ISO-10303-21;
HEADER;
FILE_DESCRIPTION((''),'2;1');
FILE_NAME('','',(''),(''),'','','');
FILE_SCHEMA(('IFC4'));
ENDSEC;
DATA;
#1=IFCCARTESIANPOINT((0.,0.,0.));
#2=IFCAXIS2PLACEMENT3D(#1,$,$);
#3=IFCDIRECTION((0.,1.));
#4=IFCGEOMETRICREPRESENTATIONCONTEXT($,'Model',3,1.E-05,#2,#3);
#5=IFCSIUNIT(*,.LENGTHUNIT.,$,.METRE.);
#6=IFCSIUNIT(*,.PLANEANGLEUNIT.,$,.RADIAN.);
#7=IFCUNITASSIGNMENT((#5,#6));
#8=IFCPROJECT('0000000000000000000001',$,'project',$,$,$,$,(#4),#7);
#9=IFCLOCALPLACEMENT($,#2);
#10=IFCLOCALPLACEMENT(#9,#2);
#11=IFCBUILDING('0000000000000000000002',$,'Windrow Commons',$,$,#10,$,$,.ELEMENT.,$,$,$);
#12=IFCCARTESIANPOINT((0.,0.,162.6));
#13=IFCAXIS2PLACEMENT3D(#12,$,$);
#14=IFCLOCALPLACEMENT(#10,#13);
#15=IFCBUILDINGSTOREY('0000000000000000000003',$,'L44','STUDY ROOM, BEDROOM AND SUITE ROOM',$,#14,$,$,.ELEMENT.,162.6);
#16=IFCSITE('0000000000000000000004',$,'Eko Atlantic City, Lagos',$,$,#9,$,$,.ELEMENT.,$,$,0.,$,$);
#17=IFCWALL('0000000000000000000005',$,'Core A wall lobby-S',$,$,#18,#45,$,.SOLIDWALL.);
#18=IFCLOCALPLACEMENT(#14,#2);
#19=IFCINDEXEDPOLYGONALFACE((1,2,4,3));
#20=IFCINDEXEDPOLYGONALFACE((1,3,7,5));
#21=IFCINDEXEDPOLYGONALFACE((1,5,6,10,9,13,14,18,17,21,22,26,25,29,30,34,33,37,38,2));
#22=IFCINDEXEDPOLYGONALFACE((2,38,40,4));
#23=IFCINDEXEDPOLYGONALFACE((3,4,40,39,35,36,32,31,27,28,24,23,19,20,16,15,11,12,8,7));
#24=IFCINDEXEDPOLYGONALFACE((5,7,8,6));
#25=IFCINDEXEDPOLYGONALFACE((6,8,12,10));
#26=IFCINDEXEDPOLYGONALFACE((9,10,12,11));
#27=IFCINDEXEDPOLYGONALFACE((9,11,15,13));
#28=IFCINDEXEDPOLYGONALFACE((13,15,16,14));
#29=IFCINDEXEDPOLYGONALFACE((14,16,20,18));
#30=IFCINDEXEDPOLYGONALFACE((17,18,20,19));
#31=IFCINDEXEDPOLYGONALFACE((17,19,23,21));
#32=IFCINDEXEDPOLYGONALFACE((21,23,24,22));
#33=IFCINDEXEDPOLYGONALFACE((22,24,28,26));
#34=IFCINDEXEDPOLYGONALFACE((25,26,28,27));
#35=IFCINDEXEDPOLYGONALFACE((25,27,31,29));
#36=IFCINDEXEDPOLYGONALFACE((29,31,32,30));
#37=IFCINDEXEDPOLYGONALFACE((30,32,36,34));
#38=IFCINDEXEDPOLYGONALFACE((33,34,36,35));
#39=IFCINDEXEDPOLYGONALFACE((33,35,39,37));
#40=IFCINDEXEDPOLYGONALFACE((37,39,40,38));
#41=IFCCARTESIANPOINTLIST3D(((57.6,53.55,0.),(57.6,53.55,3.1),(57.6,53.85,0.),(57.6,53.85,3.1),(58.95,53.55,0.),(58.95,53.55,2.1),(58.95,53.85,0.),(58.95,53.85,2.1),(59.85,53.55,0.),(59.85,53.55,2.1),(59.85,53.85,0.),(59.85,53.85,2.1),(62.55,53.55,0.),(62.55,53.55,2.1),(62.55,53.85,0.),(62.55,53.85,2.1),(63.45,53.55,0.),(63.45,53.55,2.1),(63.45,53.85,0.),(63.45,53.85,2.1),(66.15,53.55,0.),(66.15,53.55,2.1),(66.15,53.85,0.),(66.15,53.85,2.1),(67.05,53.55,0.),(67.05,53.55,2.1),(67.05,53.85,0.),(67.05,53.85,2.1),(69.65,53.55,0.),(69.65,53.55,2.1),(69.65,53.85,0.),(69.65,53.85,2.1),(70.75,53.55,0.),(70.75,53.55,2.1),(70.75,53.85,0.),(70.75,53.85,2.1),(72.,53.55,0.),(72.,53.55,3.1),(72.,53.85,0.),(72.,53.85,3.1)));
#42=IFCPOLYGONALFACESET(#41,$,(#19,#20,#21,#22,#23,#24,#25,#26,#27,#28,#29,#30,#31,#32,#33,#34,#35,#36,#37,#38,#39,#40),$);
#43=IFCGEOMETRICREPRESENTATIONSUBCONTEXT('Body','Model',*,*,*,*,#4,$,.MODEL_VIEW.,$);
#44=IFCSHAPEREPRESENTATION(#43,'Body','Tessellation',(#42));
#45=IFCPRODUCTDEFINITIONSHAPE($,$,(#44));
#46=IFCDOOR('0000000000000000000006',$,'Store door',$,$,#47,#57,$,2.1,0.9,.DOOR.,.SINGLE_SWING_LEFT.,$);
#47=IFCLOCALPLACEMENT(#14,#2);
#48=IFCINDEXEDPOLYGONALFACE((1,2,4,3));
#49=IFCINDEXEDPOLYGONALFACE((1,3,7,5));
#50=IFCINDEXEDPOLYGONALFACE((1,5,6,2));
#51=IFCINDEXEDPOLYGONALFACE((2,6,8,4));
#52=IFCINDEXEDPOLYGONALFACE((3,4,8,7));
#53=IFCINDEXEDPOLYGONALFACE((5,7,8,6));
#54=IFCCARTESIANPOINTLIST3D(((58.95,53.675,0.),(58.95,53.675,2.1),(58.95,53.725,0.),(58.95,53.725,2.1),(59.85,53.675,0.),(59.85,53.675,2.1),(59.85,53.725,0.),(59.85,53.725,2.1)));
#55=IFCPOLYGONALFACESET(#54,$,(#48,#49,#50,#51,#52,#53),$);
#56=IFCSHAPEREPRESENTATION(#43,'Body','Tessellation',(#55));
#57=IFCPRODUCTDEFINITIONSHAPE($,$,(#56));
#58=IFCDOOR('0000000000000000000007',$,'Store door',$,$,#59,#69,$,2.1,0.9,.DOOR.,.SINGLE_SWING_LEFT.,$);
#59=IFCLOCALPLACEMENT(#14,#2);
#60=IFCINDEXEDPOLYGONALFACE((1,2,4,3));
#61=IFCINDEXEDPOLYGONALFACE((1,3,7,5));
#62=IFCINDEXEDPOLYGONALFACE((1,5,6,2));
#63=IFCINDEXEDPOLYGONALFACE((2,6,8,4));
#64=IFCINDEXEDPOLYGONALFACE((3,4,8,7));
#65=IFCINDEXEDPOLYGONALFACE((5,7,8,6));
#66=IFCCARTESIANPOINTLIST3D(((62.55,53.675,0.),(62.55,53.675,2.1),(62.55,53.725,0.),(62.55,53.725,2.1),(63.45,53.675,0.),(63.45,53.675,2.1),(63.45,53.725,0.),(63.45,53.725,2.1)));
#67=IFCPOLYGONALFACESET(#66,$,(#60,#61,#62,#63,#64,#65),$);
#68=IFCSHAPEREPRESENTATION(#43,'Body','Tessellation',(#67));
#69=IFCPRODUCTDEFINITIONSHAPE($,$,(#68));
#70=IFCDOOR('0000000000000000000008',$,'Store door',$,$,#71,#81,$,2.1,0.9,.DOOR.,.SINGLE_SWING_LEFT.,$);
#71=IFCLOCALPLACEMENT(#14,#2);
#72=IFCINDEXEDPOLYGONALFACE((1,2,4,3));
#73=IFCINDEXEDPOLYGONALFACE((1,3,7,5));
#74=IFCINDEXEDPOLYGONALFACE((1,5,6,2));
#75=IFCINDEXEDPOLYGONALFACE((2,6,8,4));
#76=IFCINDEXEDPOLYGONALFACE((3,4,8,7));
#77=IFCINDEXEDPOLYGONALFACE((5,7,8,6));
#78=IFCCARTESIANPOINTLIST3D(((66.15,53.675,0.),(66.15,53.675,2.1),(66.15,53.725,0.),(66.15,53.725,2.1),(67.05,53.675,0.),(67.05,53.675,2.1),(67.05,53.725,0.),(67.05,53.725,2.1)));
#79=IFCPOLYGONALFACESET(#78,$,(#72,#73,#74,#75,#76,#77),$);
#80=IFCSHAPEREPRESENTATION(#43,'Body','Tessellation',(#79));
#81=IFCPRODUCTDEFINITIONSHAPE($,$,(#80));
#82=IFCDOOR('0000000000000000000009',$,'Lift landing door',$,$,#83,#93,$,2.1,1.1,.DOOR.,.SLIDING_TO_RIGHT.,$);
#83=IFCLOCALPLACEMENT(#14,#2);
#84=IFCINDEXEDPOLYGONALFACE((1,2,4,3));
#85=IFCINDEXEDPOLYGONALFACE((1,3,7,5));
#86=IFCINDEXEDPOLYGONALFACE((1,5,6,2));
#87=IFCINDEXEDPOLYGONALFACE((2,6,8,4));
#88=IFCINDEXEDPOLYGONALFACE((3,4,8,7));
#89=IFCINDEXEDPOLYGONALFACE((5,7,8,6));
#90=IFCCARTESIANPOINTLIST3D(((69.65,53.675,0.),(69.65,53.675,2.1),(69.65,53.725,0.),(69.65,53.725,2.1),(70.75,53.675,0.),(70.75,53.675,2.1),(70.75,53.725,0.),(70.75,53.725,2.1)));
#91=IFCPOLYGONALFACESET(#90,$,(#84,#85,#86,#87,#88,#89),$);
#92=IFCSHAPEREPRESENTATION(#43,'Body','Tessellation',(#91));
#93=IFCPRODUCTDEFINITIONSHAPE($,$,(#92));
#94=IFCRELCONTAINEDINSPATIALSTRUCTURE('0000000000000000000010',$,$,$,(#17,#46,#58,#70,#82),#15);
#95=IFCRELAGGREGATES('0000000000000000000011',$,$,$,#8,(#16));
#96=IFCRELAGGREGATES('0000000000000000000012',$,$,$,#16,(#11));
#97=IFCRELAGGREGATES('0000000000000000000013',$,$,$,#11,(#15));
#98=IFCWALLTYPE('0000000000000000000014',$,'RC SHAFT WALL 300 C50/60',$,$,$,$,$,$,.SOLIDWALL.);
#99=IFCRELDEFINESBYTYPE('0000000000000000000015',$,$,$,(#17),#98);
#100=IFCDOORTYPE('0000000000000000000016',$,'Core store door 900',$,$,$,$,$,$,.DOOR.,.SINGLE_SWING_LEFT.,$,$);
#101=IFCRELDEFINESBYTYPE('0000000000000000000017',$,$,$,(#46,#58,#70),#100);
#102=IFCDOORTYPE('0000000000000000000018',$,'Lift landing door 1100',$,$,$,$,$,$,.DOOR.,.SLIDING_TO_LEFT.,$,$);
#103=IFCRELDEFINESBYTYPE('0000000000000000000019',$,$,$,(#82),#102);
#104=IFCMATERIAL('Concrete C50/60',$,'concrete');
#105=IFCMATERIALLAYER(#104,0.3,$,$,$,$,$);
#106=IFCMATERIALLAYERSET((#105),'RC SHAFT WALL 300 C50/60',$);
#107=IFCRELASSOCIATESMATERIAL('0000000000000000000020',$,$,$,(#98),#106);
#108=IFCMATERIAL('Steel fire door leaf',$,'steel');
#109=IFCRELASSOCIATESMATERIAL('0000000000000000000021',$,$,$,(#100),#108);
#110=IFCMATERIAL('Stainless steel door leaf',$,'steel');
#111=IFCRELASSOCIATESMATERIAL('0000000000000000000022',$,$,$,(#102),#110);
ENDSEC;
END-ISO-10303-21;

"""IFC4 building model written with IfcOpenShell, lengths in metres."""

from ifc_helpers import new_model, si_unit, direction, frame, frame_2d, origin, place, context, subcontext, project, spatial, rectangle, extrude, material, layer, layer_set, type_object, element, fill, save


model = new_model("IFC4")

# Units and contexts
model_context = context("Model", 3, precision=1e-05, world=origin(), true_north=direction((0.0, 1.0)))
body_context = subcontext(model_context, "Body", "Model", "MODEL_VIEW")
ifc_project = project(units=[si_unit("LENGTHUNIT", "METRE"), si_unit("PLANEANGLEUNIT", "RADIAN")], contexts=[model_context])

# Site, building, storey
site_placement = place(None, origin())
site = spatial("IfcSite", under=ifc_project, at=site_placement, Name="Eko Atlantic City, Lagos", CompositionType="ELEMENT", RefElevation=0.0)
building_placement = place(site_placement, origin())
building = spatial("IfcBuilding", under=site, at=building_placement, Name="Windrow Commons", CompositionType="ELEMENT")
storey_placement = place(building_placement, frame((0.0, 0.0, 162.6)))
storey = spatial("IfcBuildingStorey", under=building, at=storey_placement, Name="L44", Description="STUDY ROOM, BEDROOM AND SUITE ROOM", CompositionType="ELEMENT", Elevation=162.6)

# Wall, openings, doors
ifc_material_1 = material(Name="Concrete C50/60", Category="concrete")
ifc_layer_1 = layer(ifc_material_1, 0.3)
ifc_layer_set_1 = layer_set([ifc_layer_1], Name="RC SHAFT WALL 300 C50/60")
wall_type_1 = type_object("IfcWallType", Name="RC SHAFT WALL 300 C50/60", PredefinedType="SOLIDWALL", material=ifc_layer_set_1)
wall_1_placement = place(storey_placement, frame((57.6, 53.7, 0.0), z_axis=(0.0, 0.0, 1.0), x_axis=(1.0, 0.0, 0.0)))
wall_1 = element("IfcWall", 1, at=wall_1_placement, inside=storey, type_object=wall_type_1, Name="Core A wall lobby-S", PredefinedType="SOLIDWALL", context=body_context, shape_type="SweptSolid", body=[
    extrude(rectangle(XDim=14.4, YDim=0.3, at=frame_2d((7.2, 0.0))), origin(), (0.0, 0.0, 1.0), 3.1),
])
opening_1_placement = place(wall_1_placement, frame((1.35, 0.0, 0.0)))
opening_1 = element("IfcOpeningElement", 2, at=opening_1_placement, cuts=wall_1, PredefinedType="OPENING", context=body_context, shape_type="SweptSolid", body=[
    extrude(rectangle(XDim=0.9, YDim=2.1, at=frame_2d((0.45, 1.05))), frame((0.0, 0.16, 0.0), z_axis=(0.0, -1.0, 0.0), x_axis=(1.0, 0.0, 0.0)), (0.0, 0.0, 1.0), 0.32),
])
opening_2_placement = place(wall_1_placement, frame((4.95, 0.0, 0.0)))
opening_2 = element("IfcOpeningElement", 3, at=opening_2_placement, cuts=wall_1, PredefinedType="OPENING", context=body_context, shape_type="SweptSolid", body=[
    extrude(rectangle(XDim=0.9, YDim=2.1, at=frame_2d((0.45, 1.05))), frame((0.0, 0.16, 0.0), z_axis=(0.0, -1.0, 0.0), x_axis=(1.0, 0.0, 0.0)), (0.0, 0.0, 1.0), 0.32),
])
opening_3_placement = place(wall_1_placement, frame((8.55, 0.0, 0.0)))
opening_3 = element("IfcOpeningElement", 4, at=opening_3_placement, cuts=wall_1, PredefinedType="OPENING", context=body_context, shape_type="SweptSolid", body=[
    extrude(rectangle(XDim=0.9, YDim=2.1, at=frame_2d((0.45, 1.05))), frame((0.0, 0.16, 0.0), z_axis=(0.0, -1.0, 0.0), x_axis=(1.0, 0.0, 0.0)), (0.0, 0.0, 1.0), 0.32),
])
opening_4_placement = place(wall_1_placement, frame((12.05, 0.0, 0.0)))
opening_4 = element("IfcOpeningElement", 5, at=opening_4_placement, cuts=wall_1, PredefinedType="OPENING", context=body_context, shape_type="SweptSolid", body=[
    extrude(rectangle(XDim=1.1, YDim=2.1, at=frame_2d((0.55, 1.05))), frame((0.0, 0.16, 0.0), z_axis=(0.0, -1.0, 0.0), x_axis=(1.0, 0.0, 0.0)), (0.0, 0.0, 1.0), 0.32),
])
ifc_material_2 = material(Name="Steel fire door leaf", Category="steel")
door_type_1 = type_object("IfcDoorType", Name="Core store door 900", OperationType="SINGLE_SWING_LEFT", PredefinedType="DOOR", material=ifc_material_2)
door_1_placement = place(opening_1_placement, origin())
door_1 = element("IfcDoor", 6, at=door_1_placement, inside=storey, type_object=door_type_1, Name="Store door", OperationType="SINGLE_SWING_LEFT", OverallHeight=2.1, OverallWidth=0.9, PredefinedType="DOOR", context=body_context, shape_type="SweptSolid", body=[
    extrude(rectangle(XDim=0.9, YDim=2.1, at=frame_2d((0.45, 1.05))), frame((0.0, 0.025, 0.0), z_axis=(0.0, -1.0, 0.0), x_axis=(1.0, 0.0, 0.0)), (0.0, 0.0, 1.0), 0.05),
])
fill(opening_1, door_1)
door_2_placement = place(opening_2_placement, origin())
door_2 = element("IfcDoor", 7, at=door_2_placement, inside=storey, type_object=door_type_1, Name="Store door", OperationType="SINGLE_SWING_LEFT", OverallHeight=2.1, OverallWidth=0.9, PredefinedType="DOOR", context=body_context, shape_type="SweptSolid", body=[
    extrude(rectangle(XDim=0.9, YDim=2.1, at=frame_2d((0.45, 1.05))), frame((0.0, 0.025, 0.0), z_axis=(0.0, -1.0, 0.0), x_axis=(1.0, 0.0, 0.0)), (0.0, 0.0, 1.0), 0.05),
])
fill(opening_2, door_2)
door_3_placement = place(opening_3_placement, origin())
door_3 = element("IfcDoor", 8, at=door_3_placement, inside=storey, type_object=door_type_1, Name="Store door", OperationType="SINGLE_SWING_LEFT", OverallHeight=2.1, OverallWidth=0.9, PredefinedType="DOOR", context=body_context, shape_type="SweptSolid", body=[
    extrude(rectangle(XDim=0.9, YDim=2.1, at=frame_2d((0.45, 1.05))), frame((0.0, 0.025, 0.0), z_axis=(0.0, -1.0, 0.0), x_axis=(1.0, 0.0, 0.0)), (0.0, 0.0, 1.0), 0.05),
])
fill(opening_3, door_3)
ifc_material_3 = material(Name="Stainless steel door leaf", Category="steel")
door_type_2 = type_object("IfcDoorType", Name="Lift landing door 1100", OperationType="SLIDING_TO_LEFT", PredefinedType="DOOR", material=ifc_material_3)
door_4_placement = place(opening_4_placement, origin())
door_4 = element("IfcDoor", 9, at=door_4_placement, inside=storey, type_object=door_type_2, Name="Lift landing door", OperationType="SLIDING_TO_RIGHT", OverallHeight=2.1, OverallWidth=1.1, PredefinedType="DOOR", context=body_context, shape_type="SweptSolid", body=[
    extrude(rectangle(XDim=1.1, YDim=2.1, at=frame_2d((0.55, 1.05))), frame((0.0, 0.025, 0.0), z_axis=(0.0, -1.0, 0.0), x_axis=(1.0, 0.0, 0.0)), (0.0, 0.0, 1.0), 0.05),
])
fill(opening_4, door_4)

save(model, "model.ifc")
